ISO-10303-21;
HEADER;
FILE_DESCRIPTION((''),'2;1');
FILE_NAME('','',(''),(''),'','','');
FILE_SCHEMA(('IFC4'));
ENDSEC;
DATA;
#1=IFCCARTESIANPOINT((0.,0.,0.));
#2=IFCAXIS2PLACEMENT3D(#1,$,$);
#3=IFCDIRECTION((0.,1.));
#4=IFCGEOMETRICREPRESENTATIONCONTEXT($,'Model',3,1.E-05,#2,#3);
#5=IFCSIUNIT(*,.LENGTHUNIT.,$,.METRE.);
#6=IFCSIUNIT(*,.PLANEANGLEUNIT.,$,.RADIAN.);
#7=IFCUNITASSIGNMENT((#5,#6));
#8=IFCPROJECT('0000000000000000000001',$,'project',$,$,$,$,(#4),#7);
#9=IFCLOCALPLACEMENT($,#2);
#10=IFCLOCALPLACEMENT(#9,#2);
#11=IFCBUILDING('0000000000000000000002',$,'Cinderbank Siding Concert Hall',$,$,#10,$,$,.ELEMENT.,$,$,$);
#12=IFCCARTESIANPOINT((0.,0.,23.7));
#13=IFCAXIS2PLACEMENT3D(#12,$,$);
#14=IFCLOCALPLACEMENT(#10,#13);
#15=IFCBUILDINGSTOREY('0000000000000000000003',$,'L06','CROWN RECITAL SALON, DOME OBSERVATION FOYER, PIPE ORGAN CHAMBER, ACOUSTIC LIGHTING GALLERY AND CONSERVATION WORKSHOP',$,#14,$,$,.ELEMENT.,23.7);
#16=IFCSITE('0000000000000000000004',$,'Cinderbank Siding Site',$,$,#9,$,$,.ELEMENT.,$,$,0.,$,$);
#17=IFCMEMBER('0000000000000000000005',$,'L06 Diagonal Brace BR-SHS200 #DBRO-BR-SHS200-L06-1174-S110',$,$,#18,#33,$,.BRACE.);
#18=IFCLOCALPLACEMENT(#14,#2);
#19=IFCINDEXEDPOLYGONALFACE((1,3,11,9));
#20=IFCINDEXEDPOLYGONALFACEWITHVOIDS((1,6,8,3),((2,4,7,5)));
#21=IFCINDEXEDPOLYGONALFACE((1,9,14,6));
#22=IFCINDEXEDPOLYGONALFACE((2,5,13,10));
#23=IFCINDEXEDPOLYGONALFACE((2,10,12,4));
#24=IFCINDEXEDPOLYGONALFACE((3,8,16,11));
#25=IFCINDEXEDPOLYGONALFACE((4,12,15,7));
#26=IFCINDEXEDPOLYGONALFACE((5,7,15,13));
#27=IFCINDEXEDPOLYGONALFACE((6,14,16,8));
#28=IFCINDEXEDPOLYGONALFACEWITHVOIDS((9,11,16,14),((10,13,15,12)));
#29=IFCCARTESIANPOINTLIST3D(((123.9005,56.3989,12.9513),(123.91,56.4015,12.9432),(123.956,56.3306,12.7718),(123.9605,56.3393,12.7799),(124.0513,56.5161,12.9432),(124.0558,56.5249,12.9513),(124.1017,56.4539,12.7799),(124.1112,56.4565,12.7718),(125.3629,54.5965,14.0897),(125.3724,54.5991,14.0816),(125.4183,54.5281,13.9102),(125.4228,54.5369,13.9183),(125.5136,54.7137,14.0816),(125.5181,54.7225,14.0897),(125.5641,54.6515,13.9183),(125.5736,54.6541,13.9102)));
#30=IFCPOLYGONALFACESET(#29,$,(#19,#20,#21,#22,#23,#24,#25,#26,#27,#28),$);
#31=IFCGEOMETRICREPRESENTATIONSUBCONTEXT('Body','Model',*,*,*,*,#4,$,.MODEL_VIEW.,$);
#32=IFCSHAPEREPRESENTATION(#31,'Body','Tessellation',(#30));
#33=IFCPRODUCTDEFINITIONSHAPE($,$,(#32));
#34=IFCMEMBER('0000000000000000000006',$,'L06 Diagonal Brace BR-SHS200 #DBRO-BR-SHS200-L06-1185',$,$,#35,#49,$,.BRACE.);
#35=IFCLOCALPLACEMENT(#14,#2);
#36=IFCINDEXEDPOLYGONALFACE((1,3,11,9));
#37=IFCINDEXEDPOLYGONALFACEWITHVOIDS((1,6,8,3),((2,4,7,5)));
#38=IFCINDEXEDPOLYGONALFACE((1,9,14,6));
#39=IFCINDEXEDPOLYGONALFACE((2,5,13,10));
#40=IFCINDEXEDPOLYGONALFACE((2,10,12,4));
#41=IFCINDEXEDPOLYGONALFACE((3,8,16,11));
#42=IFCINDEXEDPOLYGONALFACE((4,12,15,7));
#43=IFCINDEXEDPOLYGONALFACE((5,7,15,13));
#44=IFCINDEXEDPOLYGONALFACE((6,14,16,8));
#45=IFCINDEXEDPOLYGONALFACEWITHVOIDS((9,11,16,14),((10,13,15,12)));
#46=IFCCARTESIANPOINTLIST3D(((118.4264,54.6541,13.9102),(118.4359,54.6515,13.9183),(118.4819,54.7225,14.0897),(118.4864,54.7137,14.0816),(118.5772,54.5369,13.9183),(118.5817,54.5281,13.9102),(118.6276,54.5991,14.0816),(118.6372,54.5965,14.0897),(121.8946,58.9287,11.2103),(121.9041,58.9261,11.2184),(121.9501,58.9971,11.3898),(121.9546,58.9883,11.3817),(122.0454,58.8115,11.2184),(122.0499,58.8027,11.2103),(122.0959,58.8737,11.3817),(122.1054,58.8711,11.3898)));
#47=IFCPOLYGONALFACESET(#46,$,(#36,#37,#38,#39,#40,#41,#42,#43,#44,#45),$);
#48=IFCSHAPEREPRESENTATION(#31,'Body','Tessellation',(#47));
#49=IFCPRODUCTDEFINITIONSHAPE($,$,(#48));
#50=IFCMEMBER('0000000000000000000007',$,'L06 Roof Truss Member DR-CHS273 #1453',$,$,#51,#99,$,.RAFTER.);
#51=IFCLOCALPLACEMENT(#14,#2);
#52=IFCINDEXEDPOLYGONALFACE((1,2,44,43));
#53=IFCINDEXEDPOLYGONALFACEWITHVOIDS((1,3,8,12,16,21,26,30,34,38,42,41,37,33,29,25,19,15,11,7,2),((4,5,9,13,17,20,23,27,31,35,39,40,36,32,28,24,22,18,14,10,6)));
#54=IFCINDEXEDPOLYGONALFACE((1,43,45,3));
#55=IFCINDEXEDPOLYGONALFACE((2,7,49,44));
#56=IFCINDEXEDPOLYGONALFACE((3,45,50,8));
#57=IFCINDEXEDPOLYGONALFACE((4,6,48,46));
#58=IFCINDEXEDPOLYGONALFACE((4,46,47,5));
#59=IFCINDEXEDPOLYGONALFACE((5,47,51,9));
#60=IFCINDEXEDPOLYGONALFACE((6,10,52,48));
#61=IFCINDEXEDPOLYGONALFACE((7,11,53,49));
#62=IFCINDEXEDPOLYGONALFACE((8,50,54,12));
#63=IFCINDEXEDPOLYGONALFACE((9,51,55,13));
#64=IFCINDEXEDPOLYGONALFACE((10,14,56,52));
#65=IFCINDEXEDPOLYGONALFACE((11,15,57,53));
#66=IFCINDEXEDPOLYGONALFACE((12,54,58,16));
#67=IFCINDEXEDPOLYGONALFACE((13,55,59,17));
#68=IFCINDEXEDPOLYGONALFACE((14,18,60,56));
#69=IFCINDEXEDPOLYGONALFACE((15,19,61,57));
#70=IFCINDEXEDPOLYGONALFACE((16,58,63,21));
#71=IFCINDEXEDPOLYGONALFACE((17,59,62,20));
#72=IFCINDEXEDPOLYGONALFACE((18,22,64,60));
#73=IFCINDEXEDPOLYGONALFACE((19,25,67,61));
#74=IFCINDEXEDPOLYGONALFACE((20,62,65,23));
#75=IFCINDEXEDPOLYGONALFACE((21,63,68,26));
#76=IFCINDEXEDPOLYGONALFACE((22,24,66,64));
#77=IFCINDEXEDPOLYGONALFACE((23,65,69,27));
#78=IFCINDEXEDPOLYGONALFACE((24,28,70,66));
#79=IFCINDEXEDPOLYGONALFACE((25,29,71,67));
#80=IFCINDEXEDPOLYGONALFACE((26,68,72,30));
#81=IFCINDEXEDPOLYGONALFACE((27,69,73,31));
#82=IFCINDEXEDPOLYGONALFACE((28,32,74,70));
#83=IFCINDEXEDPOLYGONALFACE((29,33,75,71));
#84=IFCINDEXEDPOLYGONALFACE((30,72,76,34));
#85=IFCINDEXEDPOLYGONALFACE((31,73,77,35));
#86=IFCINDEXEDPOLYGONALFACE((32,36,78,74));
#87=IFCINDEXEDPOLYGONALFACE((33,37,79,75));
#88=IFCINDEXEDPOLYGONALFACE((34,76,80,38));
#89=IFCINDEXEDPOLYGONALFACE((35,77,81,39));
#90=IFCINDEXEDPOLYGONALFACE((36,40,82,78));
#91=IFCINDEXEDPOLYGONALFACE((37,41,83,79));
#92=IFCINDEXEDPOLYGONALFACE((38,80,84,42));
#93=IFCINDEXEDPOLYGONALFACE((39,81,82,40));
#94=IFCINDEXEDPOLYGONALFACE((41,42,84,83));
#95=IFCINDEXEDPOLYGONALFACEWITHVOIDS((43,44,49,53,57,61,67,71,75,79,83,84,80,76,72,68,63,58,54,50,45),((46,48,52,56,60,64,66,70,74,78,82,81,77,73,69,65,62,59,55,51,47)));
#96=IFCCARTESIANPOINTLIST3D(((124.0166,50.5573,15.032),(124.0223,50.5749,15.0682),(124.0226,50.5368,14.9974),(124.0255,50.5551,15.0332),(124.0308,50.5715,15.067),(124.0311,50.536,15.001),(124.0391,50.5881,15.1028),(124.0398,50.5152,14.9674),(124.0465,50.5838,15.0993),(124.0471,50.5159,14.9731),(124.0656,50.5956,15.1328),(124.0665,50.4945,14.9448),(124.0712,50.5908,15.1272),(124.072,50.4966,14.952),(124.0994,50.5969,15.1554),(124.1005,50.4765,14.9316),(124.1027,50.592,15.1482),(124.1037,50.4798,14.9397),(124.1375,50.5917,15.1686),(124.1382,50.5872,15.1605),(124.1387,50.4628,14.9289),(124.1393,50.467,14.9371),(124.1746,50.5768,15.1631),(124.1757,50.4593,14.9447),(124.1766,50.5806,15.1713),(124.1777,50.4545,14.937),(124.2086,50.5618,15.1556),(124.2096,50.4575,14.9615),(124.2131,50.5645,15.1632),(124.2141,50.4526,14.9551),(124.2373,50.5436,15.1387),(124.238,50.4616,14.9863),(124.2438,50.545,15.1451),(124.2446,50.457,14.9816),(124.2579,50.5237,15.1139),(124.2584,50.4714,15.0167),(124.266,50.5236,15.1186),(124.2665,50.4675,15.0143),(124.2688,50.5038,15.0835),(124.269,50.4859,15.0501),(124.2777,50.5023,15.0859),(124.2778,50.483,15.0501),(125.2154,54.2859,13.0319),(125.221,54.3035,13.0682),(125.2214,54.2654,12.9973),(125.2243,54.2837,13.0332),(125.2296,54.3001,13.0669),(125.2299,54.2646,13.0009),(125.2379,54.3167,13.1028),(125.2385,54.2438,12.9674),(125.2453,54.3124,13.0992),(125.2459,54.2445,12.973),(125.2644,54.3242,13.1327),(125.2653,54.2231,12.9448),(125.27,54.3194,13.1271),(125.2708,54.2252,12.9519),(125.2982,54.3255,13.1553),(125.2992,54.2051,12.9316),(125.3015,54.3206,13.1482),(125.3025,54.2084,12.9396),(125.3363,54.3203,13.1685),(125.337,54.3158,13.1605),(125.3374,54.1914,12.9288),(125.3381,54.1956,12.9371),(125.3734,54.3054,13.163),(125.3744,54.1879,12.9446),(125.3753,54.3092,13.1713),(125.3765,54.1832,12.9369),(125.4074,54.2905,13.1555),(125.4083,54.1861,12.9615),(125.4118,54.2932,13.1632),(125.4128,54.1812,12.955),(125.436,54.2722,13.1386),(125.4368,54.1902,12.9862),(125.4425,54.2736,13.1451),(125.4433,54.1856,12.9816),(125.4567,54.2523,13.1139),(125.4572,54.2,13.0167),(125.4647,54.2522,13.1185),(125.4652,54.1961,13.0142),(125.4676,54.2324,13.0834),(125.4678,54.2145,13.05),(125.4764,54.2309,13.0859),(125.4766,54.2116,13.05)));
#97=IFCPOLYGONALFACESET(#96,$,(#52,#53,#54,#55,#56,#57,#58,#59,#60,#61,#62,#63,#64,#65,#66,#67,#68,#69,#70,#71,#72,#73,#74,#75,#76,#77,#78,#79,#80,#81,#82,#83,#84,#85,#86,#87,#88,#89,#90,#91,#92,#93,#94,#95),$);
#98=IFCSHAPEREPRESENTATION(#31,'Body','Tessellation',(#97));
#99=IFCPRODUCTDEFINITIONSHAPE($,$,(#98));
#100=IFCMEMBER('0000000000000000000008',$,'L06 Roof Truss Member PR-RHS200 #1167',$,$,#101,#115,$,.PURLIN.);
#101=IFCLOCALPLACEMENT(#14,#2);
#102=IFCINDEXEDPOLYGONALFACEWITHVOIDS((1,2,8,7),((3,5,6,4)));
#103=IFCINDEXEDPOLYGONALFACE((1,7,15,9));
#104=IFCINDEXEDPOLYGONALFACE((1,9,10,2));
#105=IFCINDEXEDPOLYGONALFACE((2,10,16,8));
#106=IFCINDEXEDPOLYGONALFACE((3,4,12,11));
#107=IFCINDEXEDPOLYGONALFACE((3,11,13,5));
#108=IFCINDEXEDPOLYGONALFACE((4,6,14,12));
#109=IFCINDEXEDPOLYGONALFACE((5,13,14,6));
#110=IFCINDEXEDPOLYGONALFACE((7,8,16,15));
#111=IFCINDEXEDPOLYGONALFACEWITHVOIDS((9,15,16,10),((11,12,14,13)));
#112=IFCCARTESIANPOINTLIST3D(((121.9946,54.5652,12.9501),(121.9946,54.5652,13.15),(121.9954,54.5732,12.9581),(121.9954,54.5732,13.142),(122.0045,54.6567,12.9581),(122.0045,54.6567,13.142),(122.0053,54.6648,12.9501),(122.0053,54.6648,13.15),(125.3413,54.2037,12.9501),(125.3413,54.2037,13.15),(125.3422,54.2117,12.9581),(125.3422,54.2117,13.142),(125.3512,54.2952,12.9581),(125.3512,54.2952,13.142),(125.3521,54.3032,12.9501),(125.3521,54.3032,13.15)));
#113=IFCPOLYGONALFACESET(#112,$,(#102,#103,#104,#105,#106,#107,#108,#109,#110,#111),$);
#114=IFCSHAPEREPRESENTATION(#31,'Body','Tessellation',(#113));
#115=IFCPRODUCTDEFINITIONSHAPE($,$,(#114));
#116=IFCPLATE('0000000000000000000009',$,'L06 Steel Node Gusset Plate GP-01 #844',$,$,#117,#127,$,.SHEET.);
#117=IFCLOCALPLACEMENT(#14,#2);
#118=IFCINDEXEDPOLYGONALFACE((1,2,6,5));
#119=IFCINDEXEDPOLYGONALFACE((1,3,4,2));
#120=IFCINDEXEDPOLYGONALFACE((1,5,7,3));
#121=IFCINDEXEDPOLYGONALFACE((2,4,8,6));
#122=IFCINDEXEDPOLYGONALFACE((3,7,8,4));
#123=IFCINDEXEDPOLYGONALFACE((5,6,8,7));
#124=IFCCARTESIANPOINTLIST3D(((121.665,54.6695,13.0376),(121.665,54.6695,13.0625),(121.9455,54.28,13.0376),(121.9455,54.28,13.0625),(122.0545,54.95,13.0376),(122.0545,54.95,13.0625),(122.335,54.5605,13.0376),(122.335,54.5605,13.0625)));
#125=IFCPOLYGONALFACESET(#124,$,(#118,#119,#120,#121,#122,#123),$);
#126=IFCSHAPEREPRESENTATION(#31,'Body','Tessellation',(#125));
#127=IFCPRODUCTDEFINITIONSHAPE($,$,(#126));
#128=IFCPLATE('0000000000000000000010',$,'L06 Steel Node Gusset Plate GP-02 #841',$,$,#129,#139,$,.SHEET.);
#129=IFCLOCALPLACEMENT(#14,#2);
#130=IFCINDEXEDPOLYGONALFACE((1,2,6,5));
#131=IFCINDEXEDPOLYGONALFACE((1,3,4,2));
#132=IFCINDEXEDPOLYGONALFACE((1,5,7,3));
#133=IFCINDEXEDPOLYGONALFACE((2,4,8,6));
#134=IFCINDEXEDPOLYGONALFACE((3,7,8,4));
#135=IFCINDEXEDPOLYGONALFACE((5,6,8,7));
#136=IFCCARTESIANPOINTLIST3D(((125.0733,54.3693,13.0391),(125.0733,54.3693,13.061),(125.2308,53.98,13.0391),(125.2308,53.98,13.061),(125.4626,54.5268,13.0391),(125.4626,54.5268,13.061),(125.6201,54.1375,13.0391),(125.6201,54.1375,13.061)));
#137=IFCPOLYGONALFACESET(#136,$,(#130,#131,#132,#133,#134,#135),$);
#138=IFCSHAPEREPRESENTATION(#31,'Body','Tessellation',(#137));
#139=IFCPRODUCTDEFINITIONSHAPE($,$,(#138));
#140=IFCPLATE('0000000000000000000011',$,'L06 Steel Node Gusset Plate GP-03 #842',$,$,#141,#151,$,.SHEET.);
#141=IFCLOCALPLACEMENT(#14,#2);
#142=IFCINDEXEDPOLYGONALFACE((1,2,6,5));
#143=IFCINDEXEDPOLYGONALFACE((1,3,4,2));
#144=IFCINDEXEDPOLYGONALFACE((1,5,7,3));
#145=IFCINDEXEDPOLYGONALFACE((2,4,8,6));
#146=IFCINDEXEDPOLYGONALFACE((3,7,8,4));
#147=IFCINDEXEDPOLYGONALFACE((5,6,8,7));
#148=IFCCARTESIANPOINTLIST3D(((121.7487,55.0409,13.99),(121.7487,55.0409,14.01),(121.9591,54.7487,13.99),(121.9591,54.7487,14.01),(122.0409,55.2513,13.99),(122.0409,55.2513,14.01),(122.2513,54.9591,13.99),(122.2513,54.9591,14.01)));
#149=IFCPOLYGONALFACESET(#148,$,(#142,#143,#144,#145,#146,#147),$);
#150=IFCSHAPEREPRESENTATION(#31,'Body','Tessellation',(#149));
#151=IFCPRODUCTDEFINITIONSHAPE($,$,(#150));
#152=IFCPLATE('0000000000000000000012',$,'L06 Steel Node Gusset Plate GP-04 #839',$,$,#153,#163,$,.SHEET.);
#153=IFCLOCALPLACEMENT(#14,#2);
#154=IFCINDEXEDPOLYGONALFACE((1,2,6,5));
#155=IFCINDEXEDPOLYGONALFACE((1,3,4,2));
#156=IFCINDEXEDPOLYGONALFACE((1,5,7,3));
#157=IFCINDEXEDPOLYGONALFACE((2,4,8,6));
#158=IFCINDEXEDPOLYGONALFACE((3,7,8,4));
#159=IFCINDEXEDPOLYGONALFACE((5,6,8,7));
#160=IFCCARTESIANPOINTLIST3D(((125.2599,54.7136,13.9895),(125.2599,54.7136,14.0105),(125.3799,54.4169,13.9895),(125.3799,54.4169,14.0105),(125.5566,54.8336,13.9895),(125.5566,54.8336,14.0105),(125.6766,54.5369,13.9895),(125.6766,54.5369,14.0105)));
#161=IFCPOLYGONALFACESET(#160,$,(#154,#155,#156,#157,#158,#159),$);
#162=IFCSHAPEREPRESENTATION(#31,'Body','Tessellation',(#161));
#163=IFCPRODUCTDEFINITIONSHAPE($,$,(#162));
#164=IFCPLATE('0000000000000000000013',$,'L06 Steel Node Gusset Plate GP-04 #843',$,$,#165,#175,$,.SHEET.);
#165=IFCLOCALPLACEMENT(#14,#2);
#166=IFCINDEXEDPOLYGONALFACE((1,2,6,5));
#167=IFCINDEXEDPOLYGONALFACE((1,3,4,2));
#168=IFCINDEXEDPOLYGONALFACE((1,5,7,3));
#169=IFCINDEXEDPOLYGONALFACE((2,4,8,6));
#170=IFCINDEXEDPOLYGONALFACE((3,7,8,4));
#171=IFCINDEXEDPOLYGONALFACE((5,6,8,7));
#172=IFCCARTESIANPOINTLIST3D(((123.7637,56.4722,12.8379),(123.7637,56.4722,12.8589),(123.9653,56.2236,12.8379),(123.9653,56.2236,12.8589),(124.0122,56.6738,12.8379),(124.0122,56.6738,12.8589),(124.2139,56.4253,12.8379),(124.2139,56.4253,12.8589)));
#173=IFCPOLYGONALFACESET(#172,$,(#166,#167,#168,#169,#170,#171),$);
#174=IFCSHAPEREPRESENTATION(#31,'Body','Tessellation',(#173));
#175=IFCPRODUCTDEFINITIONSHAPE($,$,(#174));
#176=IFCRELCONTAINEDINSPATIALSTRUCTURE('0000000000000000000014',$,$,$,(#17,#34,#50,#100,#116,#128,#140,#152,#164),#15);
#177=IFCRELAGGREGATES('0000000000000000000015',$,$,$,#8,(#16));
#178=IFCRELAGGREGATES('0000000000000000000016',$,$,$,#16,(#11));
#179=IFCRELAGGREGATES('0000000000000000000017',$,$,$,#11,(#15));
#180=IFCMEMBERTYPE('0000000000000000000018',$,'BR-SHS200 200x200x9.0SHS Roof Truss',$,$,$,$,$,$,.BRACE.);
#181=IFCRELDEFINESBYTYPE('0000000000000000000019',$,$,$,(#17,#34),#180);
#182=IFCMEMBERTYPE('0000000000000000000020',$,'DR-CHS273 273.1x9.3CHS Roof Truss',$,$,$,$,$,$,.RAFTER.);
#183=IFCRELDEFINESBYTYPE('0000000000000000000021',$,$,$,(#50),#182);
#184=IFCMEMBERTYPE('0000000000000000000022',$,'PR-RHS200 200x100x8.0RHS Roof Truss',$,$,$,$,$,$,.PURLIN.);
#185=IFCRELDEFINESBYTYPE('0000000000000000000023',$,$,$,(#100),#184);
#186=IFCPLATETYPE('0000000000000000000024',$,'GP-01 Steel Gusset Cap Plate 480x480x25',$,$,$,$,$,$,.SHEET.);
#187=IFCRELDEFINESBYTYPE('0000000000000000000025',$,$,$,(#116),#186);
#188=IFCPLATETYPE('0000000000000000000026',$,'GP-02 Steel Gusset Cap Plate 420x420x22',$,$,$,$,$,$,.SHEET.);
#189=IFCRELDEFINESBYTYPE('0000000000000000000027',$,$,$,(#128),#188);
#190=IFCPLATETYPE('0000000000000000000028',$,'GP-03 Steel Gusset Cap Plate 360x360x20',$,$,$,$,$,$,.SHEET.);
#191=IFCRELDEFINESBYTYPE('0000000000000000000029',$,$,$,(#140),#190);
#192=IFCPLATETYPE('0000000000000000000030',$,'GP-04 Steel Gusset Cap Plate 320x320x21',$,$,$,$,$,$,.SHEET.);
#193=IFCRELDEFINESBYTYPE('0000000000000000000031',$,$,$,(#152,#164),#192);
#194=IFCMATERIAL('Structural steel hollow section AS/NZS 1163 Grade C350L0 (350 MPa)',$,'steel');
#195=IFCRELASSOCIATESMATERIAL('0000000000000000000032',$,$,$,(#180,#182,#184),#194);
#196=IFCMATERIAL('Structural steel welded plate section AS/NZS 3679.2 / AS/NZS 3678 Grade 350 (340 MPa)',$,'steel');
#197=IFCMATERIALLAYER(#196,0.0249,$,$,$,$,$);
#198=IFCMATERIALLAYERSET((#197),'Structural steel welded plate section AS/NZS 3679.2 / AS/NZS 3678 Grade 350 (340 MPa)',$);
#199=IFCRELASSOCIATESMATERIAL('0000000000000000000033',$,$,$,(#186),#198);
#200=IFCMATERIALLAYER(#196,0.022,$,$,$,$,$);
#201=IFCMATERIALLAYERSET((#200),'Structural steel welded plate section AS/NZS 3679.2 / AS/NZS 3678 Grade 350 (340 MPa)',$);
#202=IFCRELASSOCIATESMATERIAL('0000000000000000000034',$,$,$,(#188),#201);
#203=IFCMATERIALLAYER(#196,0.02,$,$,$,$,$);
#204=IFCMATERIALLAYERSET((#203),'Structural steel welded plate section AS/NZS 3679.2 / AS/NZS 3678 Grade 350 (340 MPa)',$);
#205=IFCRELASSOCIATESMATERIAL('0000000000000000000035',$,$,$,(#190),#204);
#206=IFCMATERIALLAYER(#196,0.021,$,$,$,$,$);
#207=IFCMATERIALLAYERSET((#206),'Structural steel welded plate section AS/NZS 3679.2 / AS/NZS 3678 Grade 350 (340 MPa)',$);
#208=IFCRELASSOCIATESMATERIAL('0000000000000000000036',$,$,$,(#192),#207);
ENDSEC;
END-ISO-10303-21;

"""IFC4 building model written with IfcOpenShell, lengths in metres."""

from ifc_helpers import new_model, si_unit, direction, frame, origin, origin_2d, place, context, subcontext, project, spatial, rectangle, hollow_rectangle, hollow_circle, extrude, material, layer, layer_set, material_profile, profile_set, type_object, element, save


model = new_model("IFC4")

# Units and contexts
model_context = context("Model", 3, precision=1e-05, world=origin(), true_north=direction((0.0, 1.0)))
body_context = subcontext(model_context, "Body", "Model", "MODEL_VIEW")
ifc_project = project(units=[si_unit("LENGTHUNIT", "METRE"), si_unit("PLANEANGLEUNIT", "RADIAN")], contexts=[model_context])

# Site, building, storey
site_placement = place(None, origin())
site = spatial("IfcSite", under=ifc_project, at=site_placement, Name="Cinderbank Siding Site", CompositionType="ELEMENT", RefElevation=0.0)
building_placement = place(site_placement, origin())
building = spatial("IfcBuilding", under=site, at=building_placement, Name="Cinderbank Siding Concert Hall", CompositionType="ELEMENT")
storey_placement = place(building_placement, frame((0.0, 0.0, 23.7)))
storey = spatial("IfcBuildingStorey", under=building, at=storey_placement, Name="L06", Description="CROWN RECITAL SALON, DOME OBSERVATION FOYER, PIPE ORGAN CHAMBER, ACOUSTIC LIGHTING GALLERY AND CONSERVATION WORKSHOP", CompositionType="ELEMENT", Elevation=23.7)

# Members
ifc_material_1 = material(Name="Structural steel hollow section AS/NZS 1163 Grade C350L0 (350 MPa)", Category="steel")
ifc_material_profile_1 = material_profile(ifc_material_1, hollow_rectangle(XDim=0.2, YDim=0.2, WallThickness=0.009, at=origin_2d()), Name="200x200x9.0SHS", Category="LoadBearing")
ifc_profile_set_1 = profile_set([ifc_material_profile_1], Name="Structural steel hollow section AS/NZS 1163 Grade C350L0 (350 MPa)")
member_type_1 = type_object("IfcMemberType", Name="BR-SHS200 200x200x9.0SHS Roof Truss", PredefinedType="BRACE", material=ifc_profile_set_1)
member_1_placement = place(storey_placement, frame((124.0059, 56.4277, 12.8616), z_axis=(0.565668, -0.697216, 0.440352), x_axis=(0.776561, 0.630042, 0.0)))
element("IfcMember", 1, at=member_1_placement, inside=storey, type_object=member_type_1, Name="L06 Diagonal Brace BR-SHS200 #DBRO-BR-SHS200-L06-1174-S110", PredefinedType="BRACE", context=body_context, shape_type="SweptSolid", body=[
    extrude(hollow_rectangle(XDim=0.2, YDim=0.2, WallThickness=0.009, at=origin_2d()), origin(), (0.0, 0.0, 1.0), 2.5852),
])
member_2_placement = place(storey_placement, frame((122.0, 58.8999, 11.3), z_axis=(-0.565677, -0.697201, 0.440365), x_axis=(0.776549, -0.630057, 0.0)))
element("IfcMember", 2, at=member_2_placement, inside=storey, type_object=member_type_1, Name="L06 Diagonal Brace BR-SHS200 #DBRO-BR-SHS200-L06-1185", PredefinedType="BRACE", context=body_context, shape_type="SweptSolid", body=[
    extrude(hollow_rectangle(XDim=0.2, YDim=0.2, WallThickness=0.009, at=origin_2d()), origin(), (0.0, 0.0, 1.0), 6.1311),
])
ifc_material_profile_2 = material_profile(ifc_material_1, hollow_circle(Radius=0.1365, WallThickness=0.0093, at=origin_2d()), Name="273.1x9.3CHS", Category="LoadBearing")
ifc_profile_set_2 = profile_set([ifc_material_profile_2], Name="Structural steel hollow section AS/NZS 1163 Grade C350L0 (350 MPa)")
member_type_2 = type_object("IfcMemberType", Name="DR-CHS273 273.1x9.3CHS Roof Truss", PredefinedType="RAFTER", material=ifc_profile_set_2)
member_3_placement = place(storey_placement, frame((125.3467, 54.2534, 13.05), z_axis=(-0.272588, -0.847855, 0.454795), x_axis=(0.952008, -0.306074, 0.0)))
element("IfcMember", 3, at=member_3_placement, inside=storey, type_object=member_type_2, Name="L06 Roof Truss Member DR-CHS273 #1453", PredefinedType="RAFTER", context=body_context, shape_type="SweptSolid", body=[
    extrude(hollow_circle(Radius=0.1365, WallThickness=0.0093, at=origin_2d()), origin(), (0.0, 0.0, 1.0), 4.3977),
])
ifc_material_profile_3 = material_profile(ifc_material_1, hollow_rectangle(XDim=0.1001, YDim=0.2, WallThickness=0.0081, at=origin_2d()), Name="200x100x8.0RHS", Category="LoadBearing")
ifc_profile_set_3 = profile_set([ifc_material_profile_3], Name="Structural steel hollow section AS/NZS 1163 Grade C350L0 (350 MPa)")
member_type_3 = type_object("IfcMemberType", Name="PR-RHS200 200x100x8.0RHS Roof Truss", PredefinedType="PURLIN", material=ifc_profile_set_3)
member_4_placement = place(storey_placement, frame((125.3467, 54.2534, 13.05), z_axis=(-0.994214, 0.107414, 0.0), x_axis=(-0.107414, -0.994214, 0.0)))
element("IfcMember", 4, at=member_4_placement, inside=storey, type_object=member_type_3, Name="L06 Roof Truss Member PR-RHS200 #1167", PredefinedType="PURLIN", context=body_context, shape_type="SweptSolid", body=[
    extrude(hollow_rectangle(XDim=0.1001, YDim=0.2, WallThickness=0.0081, at=origin_2d()), origin(), (0.0, 0.0, 1.0), 3.3662),
])

# Plates
ifc_material_2 = material(Name="Structural steel welded plate section AS/NZS 3679.2 / AS/NZS 3678 Grade 350 (340 MPa)", Category="steel")
ifc_layer_1 = layer(ifc_material_2, 0.0249)
ifc_layer_set_1 = layer_set([ifc_layer_1], Name="Structural steel welded plate section AS/NZS 3679.2 / AS/NZS 3678 Grade 350 (340 MPa)")
plate_type_1 = type_object("IfcPlateType", Name="GP-01 Steel Gusset Cap Plate 480x480x25", PredefinedType="SHEET", material=ifc_layer_set_1)
plate_1_placement = place(storey_placement, frame((122.0, 54.615, 13.0376), z_axis=(0.0, 0.0, 1.0), x_axis=(-0.811472, -0.584391, 0.0)))
element("IfcPlate", 5, at=plate_1_placement, inside=storey, type_object=plate_type_1, Name="L06 Steel Node Gusset Plate GP-01 #844", PredefinedType="SHEET", context=body_context, shape_type="SweptSolid", body=[
    extrude(rectangle(XDim=0.48, YDim=0.48, at=origin_2d()), origin(), (0.0, 0.0, 1.0), 0.0249),
])
ifc_layer_2 = layer(ifc_material_2, 0.022)
ifc_layer_set_2 = layer_set([ifc_layer_2], Name="Structural steel welded plate section AS/NZS 3679.2 / AS/NZS 3678 Grade 350 (340 MPa)")
plate_type_2 = type_object("IfcPlateType", Name="GP-02 Steel Gusset Cap Plate 420x420x22", PredefinedType="SHEET", material=ifc_layer_set_2)
plate_2_placement = place(storey_placement, frame((125.3467, 54.2534, 13.0391), z_axis=(0.0, 0.0, 1.0), x_axis=(-0.926988, -0.375092, 0.0)))
element("IfcPlate", 6, at=plate_2_placement, inside=storey, type_object=plate_type_2, Name="L06 Steel Node Gusset Plate GP-02 #841", PredefinedType="SHEET", context=body_context, shape_type="SweptSolid", body=[
    extrude(rectangle(XDim=0.4199, YDim=0.4199, at=origin_2d()), origin(), (0.0, 0.0, 1.0), 0.022),
])
ifc_layer_3 = layer(ifc_material_2, 0.02)
ifc_layer_set_3 = layer_set([ifc_layer_3], Name="Structural steel welded plate section AS/NZS 3679.2 / AS/NZS 3678 Grade 350 (340 MPa)")
plate_type_3 = type_object("IfcPlateType", Name="GP-03 Steel Gusset Cap Plate 360x360x20", PredefinedType="SHEET", material=ifc_layer_set_3)
plate_3_placement = place(storey_placement, frame((122.0, 55.0, 13.99), z_axis=(0.0, 0.0, 1.0), x_axis=(-0.811472, -0.584391, 0.0)))
element("IfcPlate", 7, at=plate_3_placement, inside=storey, type_object=plate_type_3, Name="L06 Steel Node Gusset Plate GP-03 #842", PredefinedType="SHEET", context=body_context, shape_type="SweptSolid", body=[
    extrude(rectangle(XDim=0.3601, YDim=0.3601, at=origin_2d()), origin(), (0.0, 0.0, 1.0), 0.02),
])
ifc_layer_4 = layer(ifc_material_2, 0.021)
ifc_layer_set_4 = layer_set([ifc_layer_4], Name="Structural steel welded plate section AS/NZS 3679.2 / AS/NZS 3678 Grade 350 (340 MPa)")
plate_type_4 = type_object("IfcPlateType", Name="GP-04 Steel Gusset Cap Plate 320x320x21", PredefinedType="SHEET", material=ifc_layer_set_4)
for number, where, z_axis, x_axis, name in (
    (8, (125.4683, 54.6252, 13.9895), (0.0, 0.0, 1.0), (-0.926988, -0.375092, 0.0), "L06 Steel Node Gusset Plate GP-04 #839"),
    (9, (123.9888, 56.4487, 12.8379), (0.0, 0.0, 1.0), (0.629998, -0.776596, 0.0), "L06 Steel Node Gusset Plate GP-04 #843"),
):
    element("IfcPlate", number, at=place(storey_placement, frame(where, z_axis=z_axis, x_axis=x_axis)), inside=storey, type_object=plate_type_4, Name=name, PredefinedType="SHEET", context=body_context, shape_type="SweptSolid", body=[
        extrude(rectangle(XDim=0.3201, YDim=0.3201, at=origin_2d()), origin(), (0.0, 0.0, 1.0), 0.021),
    ])

save(model, "model.ifc")
